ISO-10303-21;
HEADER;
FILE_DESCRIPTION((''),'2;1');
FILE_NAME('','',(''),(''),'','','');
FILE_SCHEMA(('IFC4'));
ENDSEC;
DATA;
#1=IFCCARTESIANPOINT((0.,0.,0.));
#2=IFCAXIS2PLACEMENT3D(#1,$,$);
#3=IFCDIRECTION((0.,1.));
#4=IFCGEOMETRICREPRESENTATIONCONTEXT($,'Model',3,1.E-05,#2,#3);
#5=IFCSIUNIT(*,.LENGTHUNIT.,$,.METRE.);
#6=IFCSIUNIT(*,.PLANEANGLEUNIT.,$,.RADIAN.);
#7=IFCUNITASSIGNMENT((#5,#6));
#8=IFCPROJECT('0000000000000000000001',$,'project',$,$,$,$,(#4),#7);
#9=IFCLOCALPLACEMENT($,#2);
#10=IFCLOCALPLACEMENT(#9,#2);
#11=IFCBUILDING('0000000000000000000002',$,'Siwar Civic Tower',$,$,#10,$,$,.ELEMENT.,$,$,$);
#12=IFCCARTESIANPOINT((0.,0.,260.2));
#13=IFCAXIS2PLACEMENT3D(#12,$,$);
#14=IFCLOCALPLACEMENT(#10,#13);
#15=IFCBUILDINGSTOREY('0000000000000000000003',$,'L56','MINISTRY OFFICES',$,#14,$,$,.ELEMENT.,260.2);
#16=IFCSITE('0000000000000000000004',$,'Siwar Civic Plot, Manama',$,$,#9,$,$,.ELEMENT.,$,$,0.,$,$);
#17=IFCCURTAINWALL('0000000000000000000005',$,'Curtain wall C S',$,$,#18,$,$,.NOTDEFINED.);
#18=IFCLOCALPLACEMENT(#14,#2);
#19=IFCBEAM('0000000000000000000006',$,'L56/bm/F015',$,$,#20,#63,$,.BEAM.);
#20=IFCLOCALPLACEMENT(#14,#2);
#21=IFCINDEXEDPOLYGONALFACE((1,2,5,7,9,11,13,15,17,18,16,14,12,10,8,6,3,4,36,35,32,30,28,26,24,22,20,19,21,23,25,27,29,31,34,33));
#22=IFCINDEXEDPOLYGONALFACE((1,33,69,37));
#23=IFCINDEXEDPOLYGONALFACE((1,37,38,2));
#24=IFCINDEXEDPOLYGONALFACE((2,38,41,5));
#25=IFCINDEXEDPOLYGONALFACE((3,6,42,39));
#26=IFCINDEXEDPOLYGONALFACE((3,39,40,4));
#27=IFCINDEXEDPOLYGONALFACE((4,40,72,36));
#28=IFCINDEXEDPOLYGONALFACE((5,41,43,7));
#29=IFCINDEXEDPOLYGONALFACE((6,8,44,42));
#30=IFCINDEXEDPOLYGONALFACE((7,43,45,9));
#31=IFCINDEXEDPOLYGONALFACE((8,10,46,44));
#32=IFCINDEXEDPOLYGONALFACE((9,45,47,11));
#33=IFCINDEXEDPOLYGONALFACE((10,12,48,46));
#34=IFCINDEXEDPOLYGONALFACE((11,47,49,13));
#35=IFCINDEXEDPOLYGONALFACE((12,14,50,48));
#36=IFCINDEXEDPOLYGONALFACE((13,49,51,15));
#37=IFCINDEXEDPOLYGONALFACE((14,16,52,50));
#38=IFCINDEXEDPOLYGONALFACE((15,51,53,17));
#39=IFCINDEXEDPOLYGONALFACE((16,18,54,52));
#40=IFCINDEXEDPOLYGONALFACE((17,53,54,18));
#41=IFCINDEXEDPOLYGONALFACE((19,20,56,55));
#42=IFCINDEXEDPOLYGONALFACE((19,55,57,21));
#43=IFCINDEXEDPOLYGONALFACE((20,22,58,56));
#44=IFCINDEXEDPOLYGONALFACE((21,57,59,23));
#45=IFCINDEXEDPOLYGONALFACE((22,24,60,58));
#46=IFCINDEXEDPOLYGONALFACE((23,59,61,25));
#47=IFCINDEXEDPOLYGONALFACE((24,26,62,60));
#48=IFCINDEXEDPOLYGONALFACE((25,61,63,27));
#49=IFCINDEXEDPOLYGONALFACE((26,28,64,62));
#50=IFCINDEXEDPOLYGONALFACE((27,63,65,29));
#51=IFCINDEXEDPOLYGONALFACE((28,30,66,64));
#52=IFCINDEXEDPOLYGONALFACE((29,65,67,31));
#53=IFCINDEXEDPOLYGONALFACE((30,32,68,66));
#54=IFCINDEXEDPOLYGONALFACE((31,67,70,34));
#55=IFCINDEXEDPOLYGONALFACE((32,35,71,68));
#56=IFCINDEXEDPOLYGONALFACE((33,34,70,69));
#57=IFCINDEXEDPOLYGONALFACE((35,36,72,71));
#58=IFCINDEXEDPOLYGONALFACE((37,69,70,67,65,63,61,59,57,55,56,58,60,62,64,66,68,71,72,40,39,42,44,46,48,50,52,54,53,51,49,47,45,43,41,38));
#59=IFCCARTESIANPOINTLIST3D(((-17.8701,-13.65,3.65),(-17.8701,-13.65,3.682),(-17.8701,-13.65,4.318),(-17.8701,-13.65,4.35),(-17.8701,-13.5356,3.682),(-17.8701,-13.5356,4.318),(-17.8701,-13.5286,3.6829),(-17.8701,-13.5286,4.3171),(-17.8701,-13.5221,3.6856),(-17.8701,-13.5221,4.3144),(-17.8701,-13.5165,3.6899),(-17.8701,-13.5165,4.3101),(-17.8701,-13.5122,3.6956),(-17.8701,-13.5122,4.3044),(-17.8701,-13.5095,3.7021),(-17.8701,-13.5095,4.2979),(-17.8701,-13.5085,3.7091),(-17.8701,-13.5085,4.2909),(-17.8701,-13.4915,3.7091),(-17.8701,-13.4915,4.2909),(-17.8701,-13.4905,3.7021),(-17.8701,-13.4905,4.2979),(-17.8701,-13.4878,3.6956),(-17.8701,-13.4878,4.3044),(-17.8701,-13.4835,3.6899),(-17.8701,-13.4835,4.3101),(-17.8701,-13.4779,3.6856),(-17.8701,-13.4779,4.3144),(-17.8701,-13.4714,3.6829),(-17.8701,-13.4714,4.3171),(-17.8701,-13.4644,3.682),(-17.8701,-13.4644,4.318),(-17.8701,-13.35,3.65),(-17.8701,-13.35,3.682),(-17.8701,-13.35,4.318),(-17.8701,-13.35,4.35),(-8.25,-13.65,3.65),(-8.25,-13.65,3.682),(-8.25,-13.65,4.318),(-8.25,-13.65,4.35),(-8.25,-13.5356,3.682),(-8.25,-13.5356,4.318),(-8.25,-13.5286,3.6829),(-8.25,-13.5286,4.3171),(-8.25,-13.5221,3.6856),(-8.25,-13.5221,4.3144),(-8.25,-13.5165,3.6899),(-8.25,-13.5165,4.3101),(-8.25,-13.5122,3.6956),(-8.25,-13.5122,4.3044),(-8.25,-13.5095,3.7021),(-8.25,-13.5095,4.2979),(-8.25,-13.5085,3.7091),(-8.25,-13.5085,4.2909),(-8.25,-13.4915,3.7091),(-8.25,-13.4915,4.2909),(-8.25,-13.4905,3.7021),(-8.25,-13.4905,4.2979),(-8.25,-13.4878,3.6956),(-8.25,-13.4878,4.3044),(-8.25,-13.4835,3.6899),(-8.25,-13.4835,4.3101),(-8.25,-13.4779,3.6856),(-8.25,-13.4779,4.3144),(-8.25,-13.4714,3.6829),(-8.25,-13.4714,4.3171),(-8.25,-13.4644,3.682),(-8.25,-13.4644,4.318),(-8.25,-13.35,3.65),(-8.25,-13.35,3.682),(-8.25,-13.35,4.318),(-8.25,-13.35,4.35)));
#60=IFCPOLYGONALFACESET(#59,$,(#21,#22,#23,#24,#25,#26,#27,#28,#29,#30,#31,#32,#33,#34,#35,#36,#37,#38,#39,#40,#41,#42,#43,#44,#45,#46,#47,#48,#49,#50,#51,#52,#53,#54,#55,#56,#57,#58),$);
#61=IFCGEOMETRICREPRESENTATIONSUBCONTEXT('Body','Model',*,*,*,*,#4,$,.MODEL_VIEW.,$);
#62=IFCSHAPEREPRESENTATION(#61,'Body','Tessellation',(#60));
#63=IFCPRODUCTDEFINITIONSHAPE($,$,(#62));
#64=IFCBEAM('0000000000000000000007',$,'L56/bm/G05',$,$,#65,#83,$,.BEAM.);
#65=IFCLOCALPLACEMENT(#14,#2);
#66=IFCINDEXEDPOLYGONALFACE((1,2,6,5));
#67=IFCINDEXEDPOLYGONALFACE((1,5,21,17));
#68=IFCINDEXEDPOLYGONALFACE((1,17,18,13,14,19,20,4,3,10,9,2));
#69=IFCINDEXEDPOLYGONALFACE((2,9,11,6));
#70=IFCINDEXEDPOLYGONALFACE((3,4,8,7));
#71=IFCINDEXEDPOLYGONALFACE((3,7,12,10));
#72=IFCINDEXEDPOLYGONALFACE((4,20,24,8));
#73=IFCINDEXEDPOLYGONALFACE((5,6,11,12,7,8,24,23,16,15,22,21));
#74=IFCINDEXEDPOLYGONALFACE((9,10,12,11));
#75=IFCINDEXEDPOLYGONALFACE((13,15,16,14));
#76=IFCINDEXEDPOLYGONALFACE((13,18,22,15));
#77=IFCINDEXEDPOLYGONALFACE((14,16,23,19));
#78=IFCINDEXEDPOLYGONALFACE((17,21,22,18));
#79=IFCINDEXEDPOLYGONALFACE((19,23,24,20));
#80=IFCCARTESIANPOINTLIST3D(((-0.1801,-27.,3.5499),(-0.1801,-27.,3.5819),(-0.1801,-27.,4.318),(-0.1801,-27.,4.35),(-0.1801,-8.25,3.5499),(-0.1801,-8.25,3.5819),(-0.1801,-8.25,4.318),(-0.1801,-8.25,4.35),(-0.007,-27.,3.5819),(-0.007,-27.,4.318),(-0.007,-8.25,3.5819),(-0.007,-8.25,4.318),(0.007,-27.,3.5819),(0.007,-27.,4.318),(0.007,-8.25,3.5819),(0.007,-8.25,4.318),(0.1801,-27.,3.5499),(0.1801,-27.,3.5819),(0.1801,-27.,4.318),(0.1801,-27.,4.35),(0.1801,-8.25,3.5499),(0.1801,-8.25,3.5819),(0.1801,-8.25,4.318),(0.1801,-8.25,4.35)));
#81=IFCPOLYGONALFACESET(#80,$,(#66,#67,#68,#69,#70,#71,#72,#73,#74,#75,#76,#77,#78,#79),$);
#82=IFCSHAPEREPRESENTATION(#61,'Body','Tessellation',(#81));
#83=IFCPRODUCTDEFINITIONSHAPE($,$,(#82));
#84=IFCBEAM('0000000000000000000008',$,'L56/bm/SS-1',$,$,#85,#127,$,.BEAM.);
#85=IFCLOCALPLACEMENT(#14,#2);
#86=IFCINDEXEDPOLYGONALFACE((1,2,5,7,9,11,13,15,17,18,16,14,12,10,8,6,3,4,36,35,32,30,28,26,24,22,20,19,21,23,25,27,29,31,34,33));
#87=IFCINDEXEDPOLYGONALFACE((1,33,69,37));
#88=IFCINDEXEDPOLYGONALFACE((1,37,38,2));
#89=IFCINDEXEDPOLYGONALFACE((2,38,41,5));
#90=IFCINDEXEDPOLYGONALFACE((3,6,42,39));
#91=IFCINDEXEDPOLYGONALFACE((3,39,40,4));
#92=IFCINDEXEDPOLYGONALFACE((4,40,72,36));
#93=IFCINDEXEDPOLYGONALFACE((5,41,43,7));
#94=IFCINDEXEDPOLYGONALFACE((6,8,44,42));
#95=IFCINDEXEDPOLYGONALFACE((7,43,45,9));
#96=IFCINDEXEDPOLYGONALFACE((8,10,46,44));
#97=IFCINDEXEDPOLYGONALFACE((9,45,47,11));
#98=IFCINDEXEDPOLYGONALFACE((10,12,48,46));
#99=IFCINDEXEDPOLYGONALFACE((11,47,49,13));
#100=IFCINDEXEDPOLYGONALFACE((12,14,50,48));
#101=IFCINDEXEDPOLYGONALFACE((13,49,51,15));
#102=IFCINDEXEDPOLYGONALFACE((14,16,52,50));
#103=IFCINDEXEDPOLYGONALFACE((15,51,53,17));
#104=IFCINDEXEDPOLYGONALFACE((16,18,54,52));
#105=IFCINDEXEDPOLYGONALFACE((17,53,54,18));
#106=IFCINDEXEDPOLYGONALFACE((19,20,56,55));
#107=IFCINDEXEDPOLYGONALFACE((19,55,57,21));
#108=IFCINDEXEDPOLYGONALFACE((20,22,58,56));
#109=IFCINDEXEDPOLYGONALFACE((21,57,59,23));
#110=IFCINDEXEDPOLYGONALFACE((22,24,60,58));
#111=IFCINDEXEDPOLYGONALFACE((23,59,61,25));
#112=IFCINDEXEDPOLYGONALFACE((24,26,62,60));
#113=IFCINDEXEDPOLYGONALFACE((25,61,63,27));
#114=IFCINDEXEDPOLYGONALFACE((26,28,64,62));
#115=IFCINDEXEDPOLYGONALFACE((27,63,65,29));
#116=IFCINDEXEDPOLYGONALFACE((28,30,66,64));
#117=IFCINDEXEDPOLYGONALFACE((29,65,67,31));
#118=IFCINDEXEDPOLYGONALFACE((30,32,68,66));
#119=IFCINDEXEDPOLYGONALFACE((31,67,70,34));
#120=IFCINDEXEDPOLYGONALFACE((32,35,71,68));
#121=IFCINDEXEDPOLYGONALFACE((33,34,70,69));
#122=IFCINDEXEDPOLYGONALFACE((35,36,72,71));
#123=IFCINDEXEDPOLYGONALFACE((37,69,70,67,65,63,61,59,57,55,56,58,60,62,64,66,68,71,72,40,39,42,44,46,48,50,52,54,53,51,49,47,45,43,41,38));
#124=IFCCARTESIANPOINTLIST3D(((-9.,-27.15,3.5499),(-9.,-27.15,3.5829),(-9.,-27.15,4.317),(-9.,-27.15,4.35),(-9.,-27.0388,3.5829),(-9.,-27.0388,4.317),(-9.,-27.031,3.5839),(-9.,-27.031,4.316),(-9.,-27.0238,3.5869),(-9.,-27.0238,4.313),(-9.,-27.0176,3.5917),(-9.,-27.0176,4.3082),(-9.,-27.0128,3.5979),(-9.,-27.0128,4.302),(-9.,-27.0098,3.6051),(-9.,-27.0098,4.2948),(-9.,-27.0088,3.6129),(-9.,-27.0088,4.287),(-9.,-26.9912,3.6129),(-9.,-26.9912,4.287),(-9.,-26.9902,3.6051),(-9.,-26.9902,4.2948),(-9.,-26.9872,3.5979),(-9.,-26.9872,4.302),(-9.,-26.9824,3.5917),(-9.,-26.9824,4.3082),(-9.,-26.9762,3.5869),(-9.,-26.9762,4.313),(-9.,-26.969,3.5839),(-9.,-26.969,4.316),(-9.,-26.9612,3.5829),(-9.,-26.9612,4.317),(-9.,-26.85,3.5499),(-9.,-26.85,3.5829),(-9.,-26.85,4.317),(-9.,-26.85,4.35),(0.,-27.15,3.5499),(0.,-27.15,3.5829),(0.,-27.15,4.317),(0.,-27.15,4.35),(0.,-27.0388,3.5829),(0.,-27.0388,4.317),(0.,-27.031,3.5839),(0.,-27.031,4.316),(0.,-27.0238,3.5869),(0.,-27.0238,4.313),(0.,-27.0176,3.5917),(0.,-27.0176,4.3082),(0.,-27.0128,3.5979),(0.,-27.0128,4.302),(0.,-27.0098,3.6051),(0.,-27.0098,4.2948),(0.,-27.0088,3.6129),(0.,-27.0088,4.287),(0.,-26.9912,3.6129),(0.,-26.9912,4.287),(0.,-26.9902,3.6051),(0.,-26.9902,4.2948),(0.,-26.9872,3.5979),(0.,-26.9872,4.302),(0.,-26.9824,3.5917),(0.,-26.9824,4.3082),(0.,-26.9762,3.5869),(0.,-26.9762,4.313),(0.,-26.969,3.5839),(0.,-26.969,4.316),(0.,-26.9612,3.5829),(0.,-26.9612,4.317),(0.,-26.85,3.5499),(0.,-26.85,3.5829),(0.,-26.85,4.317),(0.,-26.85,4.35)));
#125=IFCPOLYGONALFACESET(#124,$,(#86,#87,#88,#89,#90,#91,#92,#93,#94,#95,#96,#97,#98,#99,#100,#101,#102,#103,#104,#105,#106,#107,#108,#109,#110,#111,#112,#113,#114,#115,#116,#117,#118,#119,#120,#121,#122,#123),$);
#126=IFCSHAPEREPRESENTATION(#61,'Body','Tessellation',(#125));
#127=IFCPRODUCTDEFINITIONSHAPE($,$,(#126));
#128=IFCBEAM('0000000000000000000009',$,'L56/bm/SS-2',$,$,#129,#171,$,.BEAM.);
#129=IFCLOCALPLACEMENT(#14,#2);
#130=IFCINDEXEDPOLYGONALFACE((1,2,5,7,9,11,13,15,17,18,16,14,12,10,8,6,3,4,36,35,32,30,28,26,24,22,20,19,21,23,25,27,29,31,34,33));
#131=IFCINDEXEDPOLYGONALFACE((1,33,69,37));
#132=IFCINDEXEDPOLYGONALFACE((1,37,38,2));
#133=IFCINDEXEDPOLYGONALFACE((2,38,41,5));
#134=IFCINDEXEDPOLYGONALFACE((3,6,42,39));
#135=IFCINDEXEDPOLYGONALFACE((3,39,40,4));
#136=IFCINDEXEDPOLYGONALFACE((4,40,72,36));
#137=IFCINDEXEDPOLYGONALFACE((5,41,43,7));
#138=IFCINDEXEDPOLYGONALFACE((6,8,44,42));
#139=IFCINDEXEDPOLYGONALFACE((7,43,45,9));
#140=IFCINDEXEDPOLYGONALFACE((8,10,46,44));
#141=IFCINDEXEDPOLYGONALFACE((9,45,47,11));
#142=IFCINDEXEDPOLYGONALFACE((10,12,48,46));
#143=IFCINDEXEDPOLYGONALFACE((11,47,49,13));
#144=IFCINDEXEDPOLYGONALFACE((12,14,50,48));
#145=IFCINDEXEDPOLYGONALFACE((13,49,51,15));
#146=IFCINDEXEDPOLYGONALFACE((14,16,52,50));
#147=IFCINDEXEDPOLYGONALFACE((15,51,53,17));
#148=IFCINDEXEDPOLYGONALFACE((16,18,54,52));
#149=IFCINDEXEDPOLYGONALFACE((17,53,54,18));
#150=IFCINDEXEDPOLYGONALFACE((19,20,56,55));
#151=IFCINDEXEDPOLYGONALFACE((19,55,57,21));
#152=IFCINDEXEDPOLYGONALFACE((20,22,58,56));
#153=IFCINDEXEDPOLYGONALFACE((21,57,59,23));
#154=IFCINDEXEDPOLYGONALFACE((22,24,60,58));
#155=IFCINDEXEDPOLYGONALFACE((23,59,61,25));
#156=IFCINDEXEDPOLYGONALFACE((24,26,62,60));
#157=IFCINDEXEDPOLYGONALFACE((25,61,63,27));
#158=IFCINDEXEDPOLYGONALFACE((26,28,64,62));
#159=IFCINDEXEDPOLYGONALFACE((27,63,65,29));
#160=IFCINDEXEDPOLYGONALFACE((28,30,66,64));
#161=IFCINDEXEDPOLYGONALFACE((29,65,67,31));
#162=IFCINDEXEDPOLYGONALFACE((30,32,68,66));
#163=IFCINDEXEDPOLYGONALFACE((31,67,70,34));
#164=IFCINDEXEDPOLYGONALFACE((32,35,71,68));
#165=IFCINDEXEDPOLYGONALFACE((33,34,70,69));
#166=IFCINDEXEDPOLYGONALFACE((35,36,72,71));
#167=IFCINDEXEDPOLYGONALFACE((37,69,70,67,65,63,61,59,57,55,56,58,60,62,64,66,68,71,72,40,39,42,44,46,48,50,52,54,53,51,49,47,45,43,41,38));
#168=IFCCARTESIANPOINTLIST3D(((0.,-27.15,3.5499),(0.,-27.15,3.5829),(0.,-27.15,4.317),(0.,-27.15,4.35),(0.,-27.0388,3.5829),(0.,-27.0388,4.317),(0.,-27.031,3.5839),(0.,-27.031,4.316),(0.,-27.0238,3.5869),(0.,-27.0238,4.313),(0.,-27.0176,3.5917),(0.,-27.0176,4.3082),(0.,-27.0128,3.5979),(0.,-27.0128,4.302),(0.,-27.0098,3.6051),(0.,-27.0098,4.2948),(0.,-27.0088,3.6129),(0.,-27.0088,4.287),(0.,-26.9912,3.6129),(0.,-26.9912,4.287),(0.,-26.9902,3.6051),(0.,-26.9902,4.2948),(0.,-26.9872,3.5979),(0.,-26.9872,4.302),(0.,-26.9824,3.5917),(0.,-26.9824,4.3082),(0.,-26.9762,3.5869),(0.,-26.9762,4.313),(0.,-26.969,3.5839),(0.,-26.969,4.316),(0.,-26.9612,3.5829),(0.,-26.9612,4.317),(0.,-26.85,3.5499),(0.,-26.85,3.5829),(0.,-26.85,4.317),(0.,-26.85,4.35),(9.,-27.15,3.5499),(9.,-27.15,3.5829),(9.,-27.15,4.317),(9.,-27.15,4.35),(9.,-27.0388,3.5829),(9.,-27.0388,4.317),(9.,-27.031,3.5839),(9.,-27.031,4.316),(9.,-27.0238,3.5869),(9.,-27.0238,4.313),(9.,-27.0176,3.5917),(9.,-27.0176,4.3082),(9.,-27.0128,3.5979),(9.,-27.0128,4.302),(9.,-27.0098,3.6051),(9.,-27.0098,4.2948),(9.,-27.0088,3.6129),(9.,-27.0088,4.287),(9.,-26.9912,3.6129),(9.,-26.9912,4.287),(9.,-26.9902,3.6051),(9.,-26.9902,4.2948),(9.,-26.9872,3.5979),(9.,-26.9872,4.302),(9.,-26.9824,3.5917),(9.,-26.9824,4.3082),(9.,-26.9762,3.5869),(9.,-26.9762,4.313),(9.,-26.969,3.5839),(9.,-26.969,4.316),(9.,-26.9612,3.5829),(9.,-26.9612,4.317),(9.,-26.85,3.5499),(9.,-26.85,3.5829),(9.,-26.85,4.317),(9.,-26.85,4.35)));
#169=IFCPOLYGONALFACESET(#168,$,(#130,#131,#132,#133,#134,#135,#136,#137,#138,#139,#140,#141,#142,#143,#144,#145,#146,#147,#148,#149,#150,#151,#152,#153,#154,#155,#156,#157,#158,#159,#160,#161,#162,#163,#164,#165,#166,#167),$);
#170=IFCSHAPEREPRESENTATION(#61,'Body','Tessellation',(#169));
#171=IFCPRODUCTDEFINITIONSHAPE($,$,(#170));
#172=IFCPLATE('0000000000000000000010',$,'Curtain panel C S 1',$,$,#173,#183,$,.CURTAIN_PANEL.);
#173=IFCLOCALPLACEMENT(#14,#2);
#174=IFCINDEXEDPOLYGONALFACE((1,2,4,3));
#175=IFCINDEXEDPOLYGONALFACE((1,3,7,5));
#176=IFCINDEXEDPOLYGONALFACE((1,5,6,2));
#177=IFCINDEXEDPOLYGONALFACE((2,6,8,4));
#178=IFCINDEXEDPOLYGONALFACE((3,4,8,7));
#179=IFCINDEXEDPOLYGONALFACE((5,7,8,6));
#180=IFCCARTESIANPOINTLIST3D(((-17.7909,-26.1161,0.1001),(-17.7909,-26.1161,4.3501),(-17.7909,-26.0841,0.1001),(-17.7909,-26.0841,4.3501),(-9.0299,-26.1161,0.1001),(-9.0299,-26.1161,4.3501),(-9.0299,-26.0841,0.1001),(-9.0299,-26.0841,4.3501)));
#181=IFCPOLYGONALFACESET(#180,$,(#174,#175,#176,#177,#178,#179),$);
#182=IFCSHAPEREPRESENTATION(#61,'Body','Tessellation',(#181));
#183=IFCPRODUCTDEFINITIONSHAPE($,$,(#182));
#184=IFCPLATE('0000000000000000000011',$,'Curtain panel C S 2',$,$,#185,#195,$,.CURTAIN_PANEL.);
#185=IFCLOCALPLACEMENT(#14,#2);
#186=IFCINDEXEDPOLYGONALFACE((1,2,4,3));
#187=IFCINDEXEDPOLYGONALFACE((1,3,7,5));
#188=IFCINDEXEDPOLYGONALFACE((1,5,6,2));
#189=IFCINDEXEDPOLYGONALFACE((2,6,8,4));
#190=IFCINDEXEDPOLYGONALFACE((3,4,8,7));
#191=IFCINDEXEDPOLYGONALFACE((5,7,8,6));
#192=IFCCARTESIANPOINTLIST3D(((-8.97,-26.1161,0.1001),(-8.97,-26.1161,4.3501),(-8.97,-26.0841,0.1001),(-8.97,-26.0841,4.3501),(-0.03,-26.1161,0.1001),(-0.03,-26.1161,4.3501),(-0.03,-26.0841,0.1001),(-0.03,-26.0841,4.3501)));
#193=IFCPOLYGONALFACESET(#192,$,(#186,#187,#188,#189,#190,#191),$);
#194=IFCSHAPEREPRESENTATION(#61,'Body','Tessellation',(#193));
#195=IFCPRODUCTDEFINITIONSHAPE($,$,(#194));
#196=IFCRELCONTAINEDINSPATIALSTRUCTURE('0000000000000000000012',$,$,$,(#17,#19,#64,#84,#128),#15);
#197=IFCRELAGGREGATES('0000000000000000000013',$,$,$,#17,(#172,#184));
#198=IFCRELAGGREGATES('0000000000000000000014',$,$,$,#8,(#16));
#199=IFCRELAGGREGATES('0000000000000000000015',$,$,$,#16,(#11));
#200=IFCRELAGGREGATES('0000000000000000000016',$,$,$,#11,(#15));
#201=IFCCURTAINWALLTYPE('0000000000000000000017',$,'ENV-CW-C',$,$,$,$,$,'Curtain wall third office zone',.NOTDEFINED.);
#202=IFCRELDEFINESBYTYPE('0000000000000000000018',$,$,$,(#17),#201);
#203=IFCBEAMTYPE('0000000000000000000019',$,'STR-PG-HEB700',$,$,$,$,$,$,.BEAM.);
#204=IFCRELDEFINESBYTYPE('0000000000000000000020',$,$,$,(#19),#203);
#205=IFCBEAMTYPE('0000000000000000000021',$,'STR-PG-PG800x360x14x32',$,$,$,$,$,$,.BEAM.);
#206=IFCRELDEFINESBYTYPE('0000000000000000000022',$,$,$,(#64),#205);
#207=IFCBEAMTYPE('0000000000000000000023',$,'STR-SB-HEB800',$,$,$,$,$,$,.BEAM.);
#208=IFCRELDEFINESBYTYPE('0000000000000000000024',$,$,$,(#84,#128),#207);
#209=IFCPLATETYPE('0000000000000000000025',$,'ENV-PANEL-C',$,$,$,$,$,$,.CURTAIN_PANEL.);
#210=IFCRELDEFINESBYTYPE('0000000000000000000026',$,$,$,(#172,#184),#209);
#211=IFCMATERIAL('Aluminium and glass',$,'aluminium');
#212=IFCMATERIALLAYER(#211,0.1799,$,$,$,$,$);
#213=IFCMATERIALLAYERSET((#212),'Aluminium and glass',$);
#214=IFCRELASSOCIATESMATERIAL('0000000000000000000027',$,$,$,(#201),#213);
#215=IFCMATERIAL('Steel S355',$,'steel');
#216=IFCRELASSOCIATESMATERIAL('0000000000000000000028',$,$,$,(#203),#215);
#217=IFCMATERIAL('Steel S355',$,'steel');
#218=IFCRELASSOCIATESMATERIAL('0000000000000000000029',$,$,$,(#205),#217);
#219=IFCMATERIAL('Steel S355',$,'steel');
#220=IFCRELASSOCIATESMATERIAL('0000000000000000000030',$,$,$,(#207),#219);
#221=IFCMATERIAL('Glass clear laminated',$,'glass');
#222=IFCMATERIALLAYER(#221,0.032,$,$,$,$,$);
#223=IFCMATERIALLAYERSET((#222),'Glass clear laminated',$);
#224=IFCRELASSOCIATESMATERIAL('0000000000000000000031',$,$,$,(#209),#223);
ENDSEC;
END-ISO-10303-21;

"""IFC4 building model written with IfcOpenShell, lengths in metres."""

from ifc_helpers import new_model, si_unit, direction, frame, origin, origin_2d, place, context, subcontext, project, spatial, rectangle, i_section, extrude, material, layer, layer_set, material_profile, profile_set, type_object, element, aggregate, save


model = new_model("IFC4")

# Units and contexts
model_context = context("Model", 3, precision=1e-05, world=origin(), true_north=direction((0.0, 1.0)))
body_context = subcontext(model_context, "Body", "Model", "MODEL_VIEW")
ifc_project = project(units=[si_unit("LENGTHUNIT", "METRE"), si_unit("PLANEANGLEUNIT", "RADIAN")], contexts=[model_context])

# Site, building, storey
site_placement = place(None, origin())
site = spatial("IfcSite", under=ifc_project, at=site_placement, Name="Siwar Civic Plot, Manama", CompositionType="ELEMENT", RefElevation=0.0)
building_placement = place(site_placement, origin())
building = spatial("IfcBuilding", under=site, at=building_placement, Name="Siwar Civic Tower", CompositionType="ELEMENT")
storey_placement = place(building_placement, frame((0.0, 0.0, 260.2)))
storey = spatial("IfcBuildingStorey", under=building, at=storey_placement, Name="L56", Description="MINISTRY OFFICES", CompositionType="ELEMENT", Elevation=260.2)

# Curtain wall
ifc_material_1 = material(Name="Aluminium and glass", Category="aluminium")
ifc_layer_1 = layer(ifc_material_1, 0.1799)
ifc_layer_set_1 = layer_set([ifc_layer_1], Name="Aluminium and glass")
curtain_wall_type = type_object("IfcCurtainWallType", Name="ENV-CW-C", ElementType="Curtain wall third office zone", PredefinedType="NOTDEFINED", material=ifc_layer_set_1)
curtain_wall_placement = place(storey_placement, origin())
curtain_wall = element("IfcCurtainWall", 1, at=curtain_wall_placement, inside=storey, type_object=curtain_wall_type, Name="Curtain wall C S", PredefinedType="NOTDEFINED")

# Beams
ifc_material_2 = material(Name="Steel S355", Category="steel")
ifc_material_profile_1 = material_profile(ifc_material_2, i_section(OverallWidth=0.3, OverallDepth=0.7, WebThickness=0.0171, FlangeThickness=0.032, FilletRadius=0.0271, at=origin_2d()), Name="HEB700")
ifc_profile_set_1 = profile_set([ifc_material_profile_1], Name="Steel S355")
beam_type_1 = type_object("IfcBeamType", Name="STR-PG-HEB700", PredefinedType="BEAM", material=ifc_profile_set_1)
beam_1_placement = place(storey_placement, frame((-17.8701, -13.5, 4.0), z_axis=(1.0, 0.0, 0.0), x_axis=(0.0, 1.0, 0.0)))
element("IfcBeam", 2, at=beam_1_placement, inside=storey, type_object=beam_type_1, Name="L56/bm/F015", PredefinedType="BEAM", context=body_context, shape_type="SweptSolid", body=[
    extrude(i_section(OverallWidth=0.3, OverallDepth=0.7, WebThickness=0.0171, FlangeThickness=0.032, FilletRadius=0.0271, at=origin_2d()), origin(), (0.0, 0.0, 1.0), 9.6201),
])
ifc_material_3 = material(Name="Steel S355", Category="steel")
ifc_material_profile_2 = material_profile(ifc_material_3, i_section(OverallWidth=0.3601, OverallDepth=0.8, WebThickness=0.0139, FlangeThickness=0.032, at=origin_2d()), Name="PG800x360x14x32")
ifc_profile_set_2 = profile_set([ifc_material_profile_2], Name="Steel S355")
beam_type_2 = type_object("IfcBeamType", Name="STR-PG-PG800x360x14x32", PredefinedType="BEAM", material=ifc_profile_set_2)
beam_2_placement = place(storey_placement, frame((0.0, -27.0, 3.95), z_axis=(0.0, 1.0, 0.0), x_axis=(-1.0, 0.0, 0.0)))
element("IfcBeam", 3, at=beam_2_placement, inside=storey, type_object=beam_type_2, Name="L56/bm/G05", PredefinedType="BEAM", context=body_context, shape_type="SweptSolid", body=[
    extrude(i_section(OverallWidth=0.3601, OverallDepth=0.8, WebThickness=0.0139, FlangeThickness=0.032, at=origin_2d()), origin(), (0.0, 0.0, 1.0), 18.75),
])
ifc_material_4 = material(Name="Steel S355", Category="steel")
ifc_material_profile_3 = material_profile(ifc_material_4, i_section(OverallWidth=0.3, OverallDepth=0.8, WebThickness=0.0176, FlangeThickness=0.033, FilletRadius=0.03, at=origin_2d()), Name="HEB800")
ifc_profile_set_3 = profile_set([ifc_material_profile_3], Name="Steel S355")
beam_type_3 = type_object("IfcBeamType", Name="STR-SB-HEB800", PredefinedType="BEAM", material=ifc_profile_set_3)
for number, where, z_axis, x_axis, name in (
    (4, (-9.0, -27.0, 3.95), (1.0, 0.0, 0.0), (0.0, 1.0, 0.0), "L56/bm/SS-1"),
    (5, (0.0, -27.0, 3.95), (1.0, 0.0, 0.0), (0.0, 1.0, 0.0), "L56/bm/SS-2"),
):
    element("IfcBeam", number, at=place(storey_placement, frame(where, z_axis=z_axis, x_axis=x_axis)), inside=storey, type_object=beam_type_3, Name=name, PredefinedType="BEAM", context=body_context, shape_type="SweptSolid", body=[
        extrude(i_section(OverallWidth=0.3, OverallDepth=0.8, WebThickness=0.0176, FlangeThickness=0.033, FilletRadius=0.03, at=origin_2d()), origin(), (0.0, 0.0, 1.0), 9.0),
    ])

# Plates
ifc_material_5 = material(Name="Glass clear laminated", Category="glass")
ifc_layer_2 = layer(ifc_material_5, 0.032)
ifc_layer_set_2 = layer_set([ifc_layer_2], Name="Glass clear laminated")
plate_type = type_object("IfcPlateType", Name="ENV-PANEL-C", PredefinedType="CURTAIN_PANEL", material=ifc_layer_set_2)
plate_1_placement = place(storey_placement, frame((-13.4104, -26.1001, 0.1001), z_axis=(0.0, 0.0, 1.0), x_axis=(1.0, 0.0, 0.0)))
plate_1 = element("IfcPlate", 6, at=plate_1_placement, type_object=plate_type, Name="Curtain panel C S 1", PredefinedType="CURTAIN_PANEL", context=body_context, shape_type="SweptSolid", body=[
    extrude(rectangle(XDim=8.761, YDim=0.032, at=origin_2d()), origin(), (0.0, 0.0, 1.0), 4.25),
])
plate_2_placement = place(storey_placement, frame((-4.5, -26.1001, 0.1001), z_axis=(0.0, 0.0, 1.0), x_axis=(1.0, 0.0, 0.0)))
plate_2 = element("IfcPlate", 7, at=plate_2_placement, type_object=plate_type, Name="Curtain panel C S 2", PredefinedType="CURTAIN_PANEL", context=body_context, shape_type="SweptSolid", body=[
    extrude(rectangle(XDim=8.9399, YDim=0.032, at=origin_2d()), origin(), (0.0, 0.0, 1.0), 4.25),
])
aggregate(curtain_wall, [plate_1, plate_2])

save(model, "model.ifc")
